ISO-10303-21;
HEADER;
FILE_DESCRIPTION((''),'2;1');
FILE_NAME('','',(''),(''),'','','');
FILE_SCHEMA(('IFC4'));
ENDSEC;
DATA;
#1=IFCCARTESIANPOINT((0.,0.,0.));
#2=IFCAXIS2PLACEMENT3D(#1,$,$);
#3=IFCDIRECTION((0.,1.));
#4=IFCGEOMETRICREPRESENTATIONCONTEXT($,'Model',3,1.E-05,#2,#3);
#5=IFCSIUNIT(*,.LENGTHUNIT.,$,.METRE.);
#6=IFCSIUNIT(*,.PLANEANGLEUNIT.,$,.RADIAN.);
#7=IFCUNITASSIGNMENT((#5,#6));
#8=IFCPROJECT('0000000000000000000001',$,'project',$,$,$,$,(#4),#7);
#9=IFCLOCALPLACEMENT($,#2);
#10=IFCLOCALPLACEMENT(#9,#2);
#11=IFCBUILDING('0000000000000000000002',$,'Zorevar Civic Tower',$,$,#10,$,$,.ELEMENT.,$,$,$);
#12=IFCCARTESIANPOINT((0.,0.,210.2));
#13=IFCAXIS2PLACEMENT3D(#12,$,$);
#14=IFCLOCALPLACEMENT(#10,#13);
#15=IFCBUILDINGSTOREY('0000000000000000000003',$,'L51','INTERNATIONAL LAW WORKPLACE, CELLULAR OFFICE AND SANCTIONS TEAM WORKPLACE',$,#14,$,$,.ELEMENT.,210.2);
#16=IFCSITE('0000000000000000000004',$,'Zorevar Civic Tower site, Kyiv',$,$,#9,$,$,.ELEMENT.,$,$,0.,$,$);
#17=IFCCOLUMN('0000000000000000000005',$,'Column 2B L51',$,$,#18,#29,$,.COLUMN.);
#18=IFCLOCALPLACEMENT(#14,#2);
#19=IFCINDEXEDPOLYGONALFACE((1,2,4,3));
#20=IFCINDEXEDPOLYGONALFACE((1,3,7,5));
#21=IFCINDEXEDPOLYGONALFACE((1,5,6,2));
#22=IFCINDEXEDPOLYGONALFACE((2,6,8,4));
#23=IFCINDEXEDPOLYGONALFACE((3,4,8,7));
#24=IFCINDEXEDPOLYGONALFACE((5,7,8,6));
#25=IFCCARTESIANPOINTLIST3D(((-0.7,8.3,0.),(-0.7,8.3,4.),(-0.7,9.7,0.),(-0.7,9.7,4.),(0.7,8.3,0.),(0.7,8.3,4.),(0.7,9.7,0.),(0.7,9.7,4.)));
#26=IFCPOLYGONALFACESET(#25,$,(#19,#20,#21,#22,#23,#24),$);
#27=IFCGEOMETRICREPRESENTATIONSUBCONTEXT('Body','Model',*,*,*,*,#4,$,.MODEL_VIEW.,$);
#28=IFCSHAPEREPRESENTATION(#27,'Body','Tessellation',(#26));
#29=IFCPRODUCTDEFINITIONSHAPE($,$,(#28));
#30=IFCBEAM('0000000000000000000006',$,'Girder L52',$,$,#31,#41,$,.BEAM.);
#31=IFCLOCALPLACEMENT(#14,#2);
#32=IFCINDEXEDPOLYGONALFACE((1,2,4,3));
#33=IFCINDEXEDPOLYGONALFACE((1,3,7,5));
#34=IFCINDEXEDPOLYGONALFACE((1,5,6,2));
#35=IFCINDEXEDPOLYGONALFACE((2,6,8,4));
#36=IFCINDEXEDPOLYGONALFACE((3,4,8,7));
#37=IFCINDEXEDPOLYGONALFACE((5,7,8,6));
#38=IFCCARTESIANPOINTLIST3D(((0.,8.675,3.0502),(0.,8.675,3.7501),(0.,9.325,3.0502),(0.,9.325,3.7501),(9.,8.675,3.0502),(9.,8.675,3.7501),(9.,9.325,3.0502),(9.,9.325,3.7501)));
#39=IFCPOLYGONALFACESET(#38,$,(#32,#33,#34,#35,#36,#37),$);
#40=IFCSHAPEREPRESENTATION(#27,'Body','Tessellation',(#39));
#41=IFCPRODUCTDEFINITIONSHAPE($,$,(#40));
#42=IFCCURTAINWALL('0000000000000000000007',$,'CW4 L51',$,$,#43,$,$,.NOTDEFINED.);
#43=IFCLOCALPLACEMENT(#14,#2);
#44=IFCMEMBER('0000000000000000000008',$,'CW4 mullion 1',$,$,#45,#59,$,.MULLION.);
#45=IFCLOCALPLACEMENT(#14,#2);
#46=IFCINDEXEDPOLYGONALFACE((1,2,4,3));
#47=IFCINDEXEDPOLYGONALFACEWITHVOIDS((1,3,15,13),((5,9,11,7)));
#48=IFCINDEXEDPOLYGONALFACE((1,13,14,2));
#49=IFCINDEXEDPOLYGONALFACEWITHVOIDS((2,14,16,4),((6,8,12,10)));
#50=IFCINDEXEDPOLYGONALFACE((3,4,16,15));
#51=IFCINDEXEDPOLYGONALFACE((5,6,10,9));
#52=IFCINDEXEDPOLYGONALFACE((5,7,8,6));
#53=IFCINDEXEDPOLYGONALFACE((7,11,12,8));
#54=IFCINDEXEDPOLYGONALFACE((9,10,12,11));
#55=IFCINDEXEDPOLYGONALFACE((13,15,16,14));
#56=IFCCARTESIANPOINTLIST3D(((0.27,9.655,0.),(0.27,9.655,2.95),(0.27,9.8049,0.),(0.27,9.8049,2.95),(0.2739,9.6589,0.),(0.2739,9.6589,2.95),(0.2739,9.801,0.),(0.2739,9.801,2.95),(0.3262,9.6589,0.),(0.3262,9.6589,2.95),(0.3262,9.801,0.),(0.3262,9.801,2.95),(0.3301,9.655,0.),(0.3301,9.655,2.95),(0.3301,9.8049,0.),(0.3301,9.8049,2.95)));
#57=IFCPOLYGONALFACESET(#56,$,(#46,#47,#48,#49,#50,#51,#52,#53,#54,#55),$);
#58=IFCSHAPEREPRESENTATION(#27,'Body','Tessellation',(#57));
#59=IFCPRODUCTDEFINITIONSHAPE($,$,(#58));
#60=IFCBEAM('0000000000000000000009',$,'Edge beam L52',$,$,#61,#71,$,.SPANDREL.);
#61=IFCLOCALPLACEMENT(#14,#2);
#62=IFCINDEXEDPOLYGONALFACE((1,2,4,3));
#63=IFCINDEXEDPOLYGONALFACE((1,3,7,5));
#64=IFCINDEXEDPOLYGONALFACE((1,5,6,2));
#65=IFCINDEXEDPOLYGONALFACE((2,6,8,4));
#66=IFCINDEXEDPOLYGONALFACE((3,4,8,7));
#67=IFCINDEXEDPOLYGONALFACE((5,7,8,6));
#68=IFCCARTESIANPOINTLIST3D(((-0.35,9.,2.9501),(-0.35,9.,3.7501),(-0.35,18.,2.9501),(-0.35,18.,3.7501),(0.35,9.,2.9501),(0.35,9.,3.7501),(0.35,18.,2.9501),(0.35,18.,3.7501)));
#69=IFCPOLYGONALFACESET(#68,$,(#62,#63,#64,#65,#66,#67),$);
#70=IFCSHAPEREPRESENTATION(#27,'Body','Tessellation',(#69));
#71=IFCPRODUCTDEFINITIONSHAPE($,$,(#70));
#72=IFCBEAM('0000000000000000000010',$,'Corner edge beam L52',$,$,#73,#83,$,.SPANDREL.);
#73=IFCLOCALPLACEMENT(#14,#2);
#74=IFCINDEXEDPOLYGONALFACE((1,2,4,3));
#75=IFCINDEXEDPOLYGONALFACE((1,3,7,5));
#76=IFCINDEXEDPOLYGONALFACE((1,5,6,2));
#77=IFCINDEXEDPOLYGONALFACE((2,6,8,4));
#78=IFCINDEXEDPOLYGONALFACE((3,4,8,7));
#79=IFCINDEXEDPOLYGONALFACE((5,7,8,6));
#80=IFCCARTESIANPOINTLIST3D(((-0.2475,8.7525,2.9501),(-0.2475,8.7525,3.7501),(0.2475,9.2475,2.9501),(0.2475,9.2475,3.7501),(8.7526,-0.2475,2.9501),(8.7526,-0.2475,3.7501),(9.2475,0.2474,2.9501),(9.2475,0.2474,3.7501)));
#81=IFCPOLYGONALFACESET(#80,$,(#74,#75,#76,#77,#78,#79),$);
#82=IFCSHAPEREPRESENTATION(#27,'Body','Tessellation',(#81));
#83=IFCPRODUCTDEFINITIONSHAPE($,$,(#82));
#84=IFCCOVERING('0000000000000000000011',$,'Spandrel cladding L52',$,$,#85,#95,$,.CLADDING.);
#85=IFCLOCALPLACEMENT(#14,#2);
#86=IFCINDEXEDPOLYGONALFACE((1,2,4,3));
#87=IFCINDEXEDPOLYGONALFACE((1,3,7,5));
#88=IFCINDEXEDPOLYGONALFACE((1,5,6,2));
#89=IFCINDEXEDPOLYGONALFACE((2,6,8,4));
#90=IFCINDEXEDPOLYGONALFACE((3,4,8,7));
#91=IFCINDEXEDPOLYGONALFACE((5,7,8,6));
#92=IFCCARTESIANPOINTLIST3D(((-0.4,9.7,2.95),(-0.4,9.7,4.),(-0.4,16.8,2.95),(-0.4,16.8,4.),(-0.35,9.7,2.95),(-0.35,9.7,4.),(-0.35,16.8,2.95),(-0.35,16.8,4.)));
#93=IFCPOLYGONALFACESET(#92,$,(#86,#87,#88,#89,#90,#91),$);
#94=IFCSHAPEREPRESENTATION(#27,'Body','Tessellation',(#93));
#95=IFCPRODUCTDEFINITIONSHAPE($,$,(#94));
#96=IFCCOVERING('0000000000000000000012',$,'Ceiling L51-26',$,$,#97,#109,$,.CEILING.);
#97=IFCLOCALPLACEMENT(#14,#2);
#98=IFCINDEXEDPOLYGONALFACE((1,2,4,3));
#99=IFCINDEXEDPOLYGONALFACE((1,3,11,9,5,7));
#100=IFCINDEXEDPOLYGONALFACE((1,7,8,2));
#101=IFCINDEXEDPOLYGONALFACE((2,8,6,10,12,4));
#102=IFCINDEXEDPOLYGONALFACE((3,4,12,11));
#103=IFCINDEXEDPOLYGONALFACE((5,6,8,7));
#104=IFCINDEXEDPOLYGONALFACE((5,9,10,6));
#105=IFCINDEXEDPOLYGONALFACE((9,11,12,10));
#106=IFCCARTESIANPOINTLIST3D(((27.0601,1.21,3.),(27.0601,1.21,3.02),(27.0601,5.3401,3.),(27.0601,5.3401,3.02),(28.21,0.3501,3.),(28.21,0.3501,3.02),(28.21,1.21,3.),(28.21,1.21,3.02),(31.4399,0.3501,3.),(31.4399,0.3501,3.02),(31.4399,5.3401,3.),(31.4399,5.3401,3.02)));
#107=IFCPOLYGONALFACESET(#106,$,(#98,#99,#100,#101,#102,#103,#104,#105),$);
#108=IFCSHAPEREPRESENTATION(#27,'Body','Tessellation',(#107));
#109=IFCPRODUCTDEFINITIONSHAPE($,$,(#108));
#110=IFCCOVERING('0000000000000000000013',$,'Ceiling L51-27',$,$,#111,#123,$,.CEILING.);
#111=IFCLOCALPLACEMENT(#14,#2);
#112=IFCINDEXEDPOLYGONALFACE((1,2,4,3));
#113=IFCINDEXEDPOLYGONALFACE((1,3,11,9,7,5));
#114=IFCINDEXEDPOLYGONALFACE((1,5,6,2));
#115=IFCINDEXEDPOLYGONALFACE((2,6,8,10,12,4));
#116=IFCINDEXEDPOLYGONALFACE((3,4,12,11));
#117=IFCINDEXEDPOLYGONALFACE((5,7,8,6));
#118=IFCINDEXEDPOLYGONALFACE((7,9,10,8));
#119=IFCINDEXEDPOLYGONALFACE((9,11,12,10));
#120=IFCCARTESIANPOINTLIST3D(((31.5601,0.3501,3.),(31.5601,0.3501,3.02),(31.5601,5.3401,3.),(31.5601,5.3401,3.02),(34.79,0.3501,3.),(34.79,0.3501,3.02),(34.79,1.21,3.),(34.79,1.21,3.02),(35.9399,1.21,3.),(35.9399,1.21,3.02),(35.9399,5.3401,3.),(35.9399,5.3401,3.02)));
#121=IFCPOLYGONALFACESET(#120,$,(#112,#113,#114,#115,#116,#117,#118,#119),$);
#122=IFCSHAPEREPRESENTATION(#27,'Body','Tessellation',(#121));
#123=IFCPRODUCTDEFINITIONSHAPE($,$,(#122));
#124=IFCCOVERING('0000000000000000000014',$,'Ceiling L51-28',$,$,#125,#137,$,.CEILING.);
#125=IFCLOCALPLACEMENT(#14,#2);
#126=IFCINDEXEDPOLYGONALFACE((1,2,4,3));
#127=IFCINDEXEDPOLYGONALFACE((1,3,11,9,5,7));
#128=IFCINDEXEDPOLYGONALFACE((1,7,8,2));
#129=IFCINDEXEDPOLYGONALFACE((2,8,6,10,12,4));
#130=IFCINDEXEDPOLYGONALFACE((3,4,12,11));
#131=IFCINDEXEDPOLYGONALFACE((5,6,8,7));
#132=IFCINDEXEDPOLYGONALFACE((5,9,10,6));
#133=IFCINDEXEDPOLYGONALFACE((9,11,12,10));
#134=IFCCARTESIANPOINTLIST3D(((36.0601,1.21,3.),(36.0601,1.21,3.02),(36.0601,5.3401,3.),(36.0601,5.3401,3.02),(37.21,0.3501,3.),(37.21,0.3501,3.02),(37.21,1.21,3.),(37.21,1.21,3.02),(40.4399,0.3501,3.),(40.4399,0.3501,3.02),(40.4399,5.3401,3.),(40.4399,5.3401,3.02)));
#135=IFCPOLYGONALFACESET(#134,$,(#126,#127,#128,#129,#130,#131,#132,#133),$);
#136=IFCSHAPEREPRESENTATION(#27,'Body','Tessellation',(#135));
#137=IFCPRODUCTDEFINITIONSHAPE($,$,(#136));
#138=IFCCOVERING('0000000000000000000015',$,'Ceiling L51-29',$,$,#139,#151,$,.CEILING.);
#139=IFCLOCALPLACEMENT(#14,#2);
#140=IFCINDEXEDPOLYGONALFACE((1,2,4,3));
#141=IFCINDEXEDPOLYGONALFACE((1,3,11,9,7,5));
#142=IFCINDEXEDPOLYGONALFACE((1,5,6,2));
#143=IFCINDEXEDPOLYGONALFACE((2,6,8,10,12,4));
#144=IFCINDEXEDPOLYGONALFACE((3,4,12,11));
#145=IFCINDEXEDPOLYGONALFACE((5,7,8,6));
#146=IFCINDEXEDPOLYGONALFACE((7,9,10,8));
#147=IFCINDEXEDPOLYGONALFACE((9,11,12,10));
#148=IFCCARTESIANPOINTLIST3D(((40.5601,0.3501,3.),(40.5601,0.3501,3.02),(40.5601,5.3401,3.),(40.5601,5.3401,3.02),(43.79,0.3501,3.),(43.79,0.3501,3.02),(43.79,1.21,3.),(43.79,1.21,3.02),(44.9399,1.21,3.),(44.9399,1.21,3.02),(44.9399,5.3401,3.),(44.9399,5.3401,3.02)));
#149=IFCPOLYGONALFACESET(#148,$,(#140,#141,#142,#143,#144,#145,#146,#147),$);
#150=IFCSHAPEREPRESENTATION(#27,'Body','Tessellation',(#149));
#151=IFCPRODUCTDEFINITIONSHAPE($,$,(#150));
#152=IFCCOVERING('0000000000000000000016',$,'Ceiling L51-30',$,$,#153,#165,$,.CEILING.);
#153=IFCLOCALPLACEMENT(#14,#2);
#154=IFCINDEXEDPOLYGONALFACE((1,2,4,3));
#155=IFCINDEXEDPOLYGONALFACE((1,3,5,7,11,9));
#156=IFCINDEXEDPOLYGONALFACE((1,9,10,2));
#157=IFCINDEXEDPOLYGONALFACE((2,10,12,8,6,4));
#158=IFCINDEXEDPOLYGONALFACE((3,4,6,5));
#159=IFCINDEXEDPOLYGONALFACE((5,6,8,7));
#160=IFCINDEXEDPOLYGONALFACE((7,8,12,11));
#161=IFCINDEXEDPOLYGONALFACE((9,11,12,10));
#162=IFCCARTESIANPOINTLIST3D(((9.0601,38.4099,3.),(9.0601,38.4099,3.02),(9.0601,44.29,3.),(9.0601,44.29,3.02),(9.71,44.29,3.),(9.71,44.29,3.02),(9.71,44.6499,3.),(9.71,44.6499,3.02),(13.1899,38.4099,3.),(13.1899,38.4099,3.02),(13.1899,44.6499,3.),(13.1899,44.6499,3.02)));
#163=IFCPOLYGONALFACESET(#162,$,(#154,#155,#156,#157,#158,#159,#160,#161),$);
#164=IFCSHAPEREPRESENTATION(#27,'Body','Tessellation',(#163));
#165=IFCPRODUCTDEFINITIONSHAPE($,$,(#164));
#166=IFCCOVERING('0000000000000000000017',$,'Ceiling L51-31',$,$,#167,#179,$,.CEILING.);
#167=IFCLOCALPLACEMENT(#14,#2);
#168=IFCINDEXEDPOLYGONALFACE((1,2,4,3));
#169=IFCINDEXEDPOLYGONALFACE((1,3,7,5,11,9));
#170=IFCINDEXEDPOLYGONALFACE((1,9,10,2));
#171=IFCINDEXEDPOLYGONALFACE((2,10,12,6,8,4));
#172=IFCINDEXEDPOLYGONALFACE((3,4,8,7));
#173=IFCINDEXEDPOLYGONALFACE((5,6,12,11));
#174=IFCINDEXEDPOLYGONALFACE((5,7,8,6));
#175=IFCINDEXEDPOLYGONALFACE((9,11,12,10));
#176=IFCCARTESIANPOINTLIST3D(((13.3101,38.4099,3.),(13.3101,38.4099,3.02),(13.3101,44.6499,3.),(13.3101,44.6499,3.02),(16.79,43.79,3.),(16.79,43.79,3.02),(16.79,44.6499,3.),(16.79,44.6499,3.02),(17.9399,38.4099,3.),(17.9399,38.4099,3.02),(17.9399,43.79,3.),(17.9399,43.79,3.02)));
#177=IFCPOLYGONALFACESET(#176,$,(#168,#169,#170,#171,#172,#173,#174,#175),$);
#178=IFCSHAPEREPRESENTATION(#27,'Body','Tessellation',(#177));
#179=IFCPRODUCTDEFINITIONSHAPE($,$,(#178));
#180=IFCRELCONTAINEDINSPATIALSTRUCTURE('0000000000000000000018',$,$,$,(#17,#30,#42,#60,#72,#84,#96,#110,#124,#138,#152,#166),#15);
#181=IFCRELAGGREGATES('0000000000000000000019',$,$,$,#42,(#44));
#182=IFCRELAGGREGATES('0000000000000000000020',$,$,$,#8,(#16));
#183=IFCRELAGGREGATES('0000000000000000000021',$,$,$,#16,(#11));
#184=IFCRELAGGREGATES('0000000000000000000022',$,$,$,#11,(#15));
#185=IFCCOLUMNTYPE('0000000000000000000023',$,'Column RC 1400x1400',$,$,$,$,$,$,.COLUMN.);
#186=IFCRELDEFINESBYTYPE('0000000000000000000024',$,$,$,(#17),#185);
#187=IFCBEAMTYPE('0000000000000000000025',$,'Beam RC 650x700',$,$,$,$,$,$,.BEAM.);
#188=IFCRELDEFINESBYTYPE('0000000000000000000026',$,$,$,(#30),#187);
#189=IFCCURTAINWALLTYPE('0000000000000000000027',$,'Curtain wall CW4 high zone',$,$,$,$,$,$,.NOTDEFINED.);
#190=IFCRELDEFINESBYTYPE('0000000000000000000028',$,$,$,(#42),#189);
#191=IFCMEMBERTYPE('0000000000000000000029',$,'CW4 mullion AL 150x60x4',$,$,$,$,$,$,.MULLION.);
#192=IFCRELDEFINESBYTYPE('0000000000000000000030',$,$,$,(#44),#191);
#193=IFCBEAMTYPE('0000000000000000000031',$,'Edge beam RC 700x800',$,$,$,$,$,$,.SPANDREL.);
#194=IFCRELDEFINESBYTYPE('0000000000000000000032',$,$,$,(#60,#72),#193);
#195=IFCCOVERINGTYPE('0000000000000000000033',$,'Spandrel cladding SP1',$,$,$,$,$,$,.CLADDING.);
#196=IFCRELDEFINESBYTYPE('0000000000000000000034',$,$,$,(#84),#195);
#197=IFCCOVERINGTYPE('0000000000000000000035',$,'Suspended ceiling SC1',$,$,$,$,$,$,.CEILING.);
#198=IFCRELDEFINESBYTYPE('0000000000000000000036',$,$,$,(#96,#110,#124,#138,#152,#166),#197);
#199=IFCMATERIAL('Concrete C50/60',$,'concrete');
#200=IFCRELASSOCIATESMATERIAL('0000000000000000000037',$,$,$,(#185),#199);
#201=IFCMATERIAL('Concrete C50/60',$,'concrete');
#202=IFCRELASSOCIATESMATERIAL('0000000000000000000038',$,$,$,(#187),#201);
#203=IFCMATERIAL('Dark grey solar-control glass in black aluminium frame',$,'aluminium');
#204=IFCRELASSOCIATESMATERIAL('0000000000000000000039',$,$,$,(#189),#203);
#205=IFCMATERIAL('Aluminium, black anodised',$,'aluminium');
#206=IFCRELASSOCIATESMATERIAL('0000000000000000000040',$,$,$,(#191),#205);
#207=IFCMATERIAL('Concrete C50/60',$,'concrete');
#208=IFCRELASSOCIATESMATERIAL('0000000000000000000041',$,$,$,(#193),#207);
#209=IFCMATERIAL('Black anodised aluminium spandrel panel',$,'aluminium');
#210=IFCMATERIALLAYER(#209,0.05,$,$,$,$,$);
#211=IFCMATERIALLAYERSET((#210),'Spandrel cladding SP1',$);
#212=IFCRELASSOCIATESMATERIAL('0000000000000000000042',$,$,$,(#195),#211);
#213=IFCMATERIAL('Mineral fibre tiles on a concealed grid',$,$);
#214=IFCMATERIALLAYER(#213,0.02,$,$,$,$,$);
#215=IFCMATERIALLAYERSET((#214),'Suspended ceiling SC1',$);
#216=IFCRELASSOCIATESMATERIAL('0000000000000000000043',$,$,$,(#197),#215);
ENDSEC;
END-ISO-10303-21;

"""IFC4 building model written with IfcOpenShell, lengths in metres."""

from ifc_helpers import new_model, si_unit, direction, frame, frame_2d, origin, origin_2d, place, context, subcontext, project, spatial, polyline, rectangle, hollow_rectangle, outline, extrude, material, layer, layer_set, material_profile, profile_set, type_object, element, aggregate, save


model = new_model("IFC4")

# Units and contexts
model_context = context("Model", 3, precision=1e-05, world=origin(), true_north=direction((0.0, 1.0)))
body_context = subcontext(model_context, "Body", "Model", "MODEL_VIEW")
ifc_project = project(units=[si_unit("LENGTHUNIT", "METRE"), si_unit("PLANEANGLEUNIT", "RADIAN")], contexts=[model_context])

# Site, building, storey
site_placement = place(None, origin())
site = spatial("IfcSite", under=ifc_project, at=site_placement, Name="Zorevar Civic Tower site, Kyiv", CompositionType="ELEMENT", RefElevation=0.0)
building_placement = place(site_placement, origin())
building = spatial("IfcBuilding", under=site, at=building_placement, Name="Zorevar Civic Tower", CompositionType="ELEMENT")
storey_placement = place(building_placement, frame((0.0, 0.0, 210.2)))
storey = spatial("IfcBuildingStorey", under=building, at=storey_placement, Name="L51", Description="INTERNATIONAL LAW WORKPLACE, CELLULAR OFFICE AND SANCTIONS TEAM WORKPLACE", CompositionType="ELEMENT", Elevation=210.2)

# Column
ifc_material_1 = material(Name="Concrete C50/60", Category="concrete")
ifc_material_profile_1 = material_profile(ifc_material_1, rectangle(XDim=1.3999, YDim=1.3999, at=origin_2d()), Name="RC 1400x1400")
ifc_profile_set_1 = profile_set([ifc_material_profile_1], Name="Concrete C50/60")
column_type = type_object("IfcColumnType", Name="Column RC 1400x1400", PredefinedType="COLUMN", material=ifc_profile_set_1)
column_placement = place(storey_placement, frame((0.0, 9.0, 0.0), z_axis=(0.0, 0.0, 1.0), x_axis=(1.0, 0.0, 0.0)))
element("IfcColumn", 1, at=column_placement, inside=storey, type_object=column_type, Name="Column 2B L51", PredefinedType="COLUMN", context=body_context, shape_type="SweptSolid", body=[
    extrude(rectangle(XDim=1.3999, YDim=1.3999, at=origin_2d()), origin(), (0.0, 0.0, 1.0), 4.0),
])

# Beam
ifc_material_2 = material(Name="Concrete C50/60", Category="concrete")
ifc_material_profile_2 = material_profile(ifc_material_2, rectangle(XDim=0.6499, YDim=0.7, at=origin_2d()), Name="RC 650x700")
ifc_profile_set_2 = profile_set([ifc_material_profile_2], Name="Concrete C50/60")
beam_type_1 = type_object("IfcBeamType", Name="Beam RC 650x700", PredefinedType="BEAM", material=ifc_profile_set_2)
beam_1_placement = place(storey_placement, frame((0.0, 9.0, 3.4001), z_axis=(1.0, 0.0, 0.0), x_axis=(0.0, 1.0, 0.0)))
element("IfcBeam", 2, at=beam_1_placement, inside=storey, type_object=beam_type_1, Name="Girder L52", PredefinedType="BEAM", context=body_context, shape_type="SweptSolid", body=[
    extrude(rectangle(XDim=0.6499, YDim=0.7, at=origin_2d()), origin(), (0.0, 0.0, 1.0), 9.0),
])

# Curtain wall, member
ifc_material_3 = material(Name="Dark grey solar-control glass in black aluminium frame", Category="aluminium")
curtain_wall_type = type_object("IfcCurtainWallType", Name="Curtain wall CW4 high zone", PredefinedType="NOTDEFINED", material=ifc_material_3)
curtain_wall_placement = place(storey_placement, origin())
curtain_wall = element("IfcCurtainWall", 3, at=curtain_wall_placement, inside=storey, type_object=curtain_wall_type, Name="CW4 L51", PredefinedType="NOTDEFINED")
ifc_material_4 = material(Name="Aluminium, black anodised", Category="aluminium")
ifc_material_profile_3 = material_profile(ifc_material_4, hollow_rectangle(XDim=0.0601, YDim=0.1499, WallThickness=0.0039, at=origin_2d()), Name="AL 150x60x4")
ifc_profile_set_3 = profile_set([ifc_material_profile_3], Name="Aluminium, black anodised")
member_type = type_object("IfcMemberType", Name="CW4 mullion AL 150x60x4", PredefinedType="MULLION", material=ifc_profile_set_3)
member_placement = place(storey_placement, frame((0.3, 9.73, 0.0), z_axis=(0.0, 0.0, 1.0), x_axis=(-1.0, 0.0, 0.0)))
member = element("IfcMember", 4, at=member_placement, type_object=member_type, Name="CW4 mullion 1", PredefinedType="MULLION", context=body_context, shape_type="SweptSolid", body=[
    extrude(hollow_rectangle(XDim=0.0601, YDim=0.1499, WallThickness=0.0039, at=origin_2d()), origin(), (0.0, 0.0, 1.0), 2.95),
])
aggregate(curtain_wall, [member])

# Beams
ifc_material_5 = material(Name="Concrete C50/60", Category="concrete")
ifc_material_profile_4 = material_profile(ifc_material_5, rectangle(XDim=0.7, YDim=0.8, at=origin_2d()), Name="RC 700x800")
ifc_profile_set_4 = profile_set([ifc_material_profile_4], Name="Concrete C50/60")
beam_type_2 = type_object("IfcBeamType", Name="Edge beam RC 700x800", PredefinedType="SPANDREL", material=ifc_profile_set_4)
beam_2_placement = place(storey_placement, frame((0.0, 9.0, 3.3501), z_axis=(0.0, 1.0, 0.0), x_axis=(-1.0, 0.0, 0.0)))
element("IfcBeam", 5, at=beam_2_placement, inside=storey, type_object=beam_type_2, Name="Edge beam L52", PredefinedType="SPANDREL", context=body_context, shape_type="SweptSolid", body=[
    extrude(rectangle(XDim=0.7, YDim=0.8, at=origin_2d()), origin(), (0.0, 0.0, 1.0), 9.0),
])
beam_3_placement = place(storey_placement, frame((0.0, 9.0, 3.3501), z_axis=(0.707107, -0.707107, 0.0), x_axis=(0.707107, 0.707107, 0.0)))
element("IfcBeam", 6, at=beam_3_placement, inside=storey, type_object=beam_type_2, Name="Corner edge beam L52", PredefinedType="SPANDREL", context=body_context, shape_type="SweptSolid", body=[
    extrude(rectangle(XDim=0.7, YDim=0.8, at=origin_2d()), origin(), (0.0, 0.0, 1.0), 12.728),
])

# Coverings
ifc_material_6 = material(Name="Black anodised aluminium spandrel panel", Category="aluminium")
ifc_layer_1 = layer(ifc_material_6, 0.05)
ifc_layer_set_1 = layer_set([ifc_layer_1], Name="Spandrel cladding SP1")
covering_type_1 = type_object("IfcCoveringType", Name="Spandrel cladding SP1", PredefinedType="CLADDING", material=ifc_layer_set_1)
covering_1_placement = place(storey_placement, frame((-0.375, 9.7, 2.95), z_axis=(0.0, 0.0, 1.0), x_axis=(0.0, 1.0, 0.0)))
element("IfcCovering", 7, at=covering_1_placement, inside=storey, type_object=covering_type_1, Name="Spandrel cladding L52", PredefinedType="CLADDING", context=body_context, shape_type="SweptSolid", body=[
    extrude(rectangle(XDim=7.1001, YDim=0.05, at=frame_2d((3.55, 0.0))), origin(), (0.0, 0.0, 1.0), 1.05),
])
ifc_material_7 = material(Name="Mineral fibre tiles on a concealed grid")
ifc_layer_2 = layer(ifc_material_7, 0.02)
ifc_layer_set_2 = layer_set([ifc_layer_2], Name="Suspended ceiling SC1")
covering_type_2 = type_object("IfcCoveringType", Name="Suspended ceiling SC1", PredefinedType="CEILING", material=ifc_layer_set_2)
covering_2_placement = place(storey_placement, frame((0.0, 0.0, 3.0)))
element("IfcCovering", 8, at=covering_2_placement, inside=storey, type_object=covering_type_2, Name="Ceiling L51-26", PredefinedType="CEILING", context=body_context, shape_type="SweptSolid", body=[
    extrude(outline(polyline([(31.4399, 5.3401), (31.4399, 0.3501), (28.21, 0.3501), (28.21, 1.21), (27.0601, 1.21), (27.0601, 5.3401), (31.4399, 5.3401)])), origin(), (0.0, 0.0, 1.0), 0.02),
])
covering_3_placement = place(storey_placement, frame((0.0, 0.0, 3.0)))
element("IfcCovering", 9, at=covering_3_placement, inside=storey, type_object=covering_type_2, Name="Ceiling L51-27", PredefinedType="CEILING", context=body_context, shape_type="SweptSolid", body=[
    extrude(outline(polyline([(35.9399, 5.3401), (35.9399, 1.21), (34.79, 1.21), (34.79, 0.3501), (31.5601, 0.3501), (31.5601, 5.3401), (35.9399, 5.3401)])), origin(), (0.0, 0.0, 1.0), 0.02),
])
covering_4_placement = place(storey_placement, frame((0.0, 0.0, 3.0)))
element("IfcCovering", 10, at=covering_4_placement, inside=storey, type_object=covering_type_2, Name="Ceiling L51-28", PredefinedType="CEILING", context=body_context, shape_type="SweptSolid", body=[
    extrude(outline(polyline([(40.4399, 5.3401), (40.4399, 0.3501), (37.21, 0.3501), (37.21, 1.21), (36.0601, 1.21), (36.0601, 5.3401), (40.4399, 5.3401)])), origin(), (0.0, 0.0, 1.0), 0.02),
])
covering_5_placement = place(storey_placement, frame((0.0, 0.0, 3.0)))
element("IfcCovering", 11, at=covering_5_placement, inside=storey, type_object=covering_type_2, Name="Ceiling L51-29", PredefinedType="CEILING", context=body_context, shape_type="SweptSolid", body=[
    extrude(outline(polyline([(44.9399, 5.3401), (44.9399, 1.21), (43.79, 1.21), (43.79, 0.3501), (40.5601, 0.3501), (40.5601, 5.3401), (44.9399, 5.3401)])), origin(), (0.0, 0.0, 1.0), 0.02),
])
covering_6_placement = place(storey_placement, frame((0.0, 0.0, 3.0)))
element("IfcCovering", 12, at=covering_6_placement, inside=storey, type_object=covering_type_2, Name="Ceiling L51-30", PredefinedType="CEILING", context=body_context, shape_type="SweptSolid", body=[
    extrude(outline(polyline([(9.0601, 38.4099), (9.0601, 44.29), (9.71, 44.29), (9.71, 44.6499), (13.1899, 44.6499), (13.1899, 38.4099), (9.0601, 38.4099)])), origin(), (0.0, 0.0, 1.0), 0.02),
])
covering_7_placement = place(storey_placement, frame((0.0, 0.0, 3.0)))
element("IfcCovering", 13, at=covering_7_placement, inside=storey, type_object=covering_type_2, Name="Ceiling L51-31", PredefinedType="CEILING", context=body_context, shape_type="SweptSolid", body=[
    extrude(outline(polyline([(13.3101, 38.4099), (13.3101, 44.6499), (16.79, 44.6499), (16.79, 43.79), (17.9399, 43.79), (17.9399, 38.4099), (13.3101, 38.4099)])), origin(), (0.0, 0.0, 1.0), 0.02),
])

save(model, "model.ifc")
